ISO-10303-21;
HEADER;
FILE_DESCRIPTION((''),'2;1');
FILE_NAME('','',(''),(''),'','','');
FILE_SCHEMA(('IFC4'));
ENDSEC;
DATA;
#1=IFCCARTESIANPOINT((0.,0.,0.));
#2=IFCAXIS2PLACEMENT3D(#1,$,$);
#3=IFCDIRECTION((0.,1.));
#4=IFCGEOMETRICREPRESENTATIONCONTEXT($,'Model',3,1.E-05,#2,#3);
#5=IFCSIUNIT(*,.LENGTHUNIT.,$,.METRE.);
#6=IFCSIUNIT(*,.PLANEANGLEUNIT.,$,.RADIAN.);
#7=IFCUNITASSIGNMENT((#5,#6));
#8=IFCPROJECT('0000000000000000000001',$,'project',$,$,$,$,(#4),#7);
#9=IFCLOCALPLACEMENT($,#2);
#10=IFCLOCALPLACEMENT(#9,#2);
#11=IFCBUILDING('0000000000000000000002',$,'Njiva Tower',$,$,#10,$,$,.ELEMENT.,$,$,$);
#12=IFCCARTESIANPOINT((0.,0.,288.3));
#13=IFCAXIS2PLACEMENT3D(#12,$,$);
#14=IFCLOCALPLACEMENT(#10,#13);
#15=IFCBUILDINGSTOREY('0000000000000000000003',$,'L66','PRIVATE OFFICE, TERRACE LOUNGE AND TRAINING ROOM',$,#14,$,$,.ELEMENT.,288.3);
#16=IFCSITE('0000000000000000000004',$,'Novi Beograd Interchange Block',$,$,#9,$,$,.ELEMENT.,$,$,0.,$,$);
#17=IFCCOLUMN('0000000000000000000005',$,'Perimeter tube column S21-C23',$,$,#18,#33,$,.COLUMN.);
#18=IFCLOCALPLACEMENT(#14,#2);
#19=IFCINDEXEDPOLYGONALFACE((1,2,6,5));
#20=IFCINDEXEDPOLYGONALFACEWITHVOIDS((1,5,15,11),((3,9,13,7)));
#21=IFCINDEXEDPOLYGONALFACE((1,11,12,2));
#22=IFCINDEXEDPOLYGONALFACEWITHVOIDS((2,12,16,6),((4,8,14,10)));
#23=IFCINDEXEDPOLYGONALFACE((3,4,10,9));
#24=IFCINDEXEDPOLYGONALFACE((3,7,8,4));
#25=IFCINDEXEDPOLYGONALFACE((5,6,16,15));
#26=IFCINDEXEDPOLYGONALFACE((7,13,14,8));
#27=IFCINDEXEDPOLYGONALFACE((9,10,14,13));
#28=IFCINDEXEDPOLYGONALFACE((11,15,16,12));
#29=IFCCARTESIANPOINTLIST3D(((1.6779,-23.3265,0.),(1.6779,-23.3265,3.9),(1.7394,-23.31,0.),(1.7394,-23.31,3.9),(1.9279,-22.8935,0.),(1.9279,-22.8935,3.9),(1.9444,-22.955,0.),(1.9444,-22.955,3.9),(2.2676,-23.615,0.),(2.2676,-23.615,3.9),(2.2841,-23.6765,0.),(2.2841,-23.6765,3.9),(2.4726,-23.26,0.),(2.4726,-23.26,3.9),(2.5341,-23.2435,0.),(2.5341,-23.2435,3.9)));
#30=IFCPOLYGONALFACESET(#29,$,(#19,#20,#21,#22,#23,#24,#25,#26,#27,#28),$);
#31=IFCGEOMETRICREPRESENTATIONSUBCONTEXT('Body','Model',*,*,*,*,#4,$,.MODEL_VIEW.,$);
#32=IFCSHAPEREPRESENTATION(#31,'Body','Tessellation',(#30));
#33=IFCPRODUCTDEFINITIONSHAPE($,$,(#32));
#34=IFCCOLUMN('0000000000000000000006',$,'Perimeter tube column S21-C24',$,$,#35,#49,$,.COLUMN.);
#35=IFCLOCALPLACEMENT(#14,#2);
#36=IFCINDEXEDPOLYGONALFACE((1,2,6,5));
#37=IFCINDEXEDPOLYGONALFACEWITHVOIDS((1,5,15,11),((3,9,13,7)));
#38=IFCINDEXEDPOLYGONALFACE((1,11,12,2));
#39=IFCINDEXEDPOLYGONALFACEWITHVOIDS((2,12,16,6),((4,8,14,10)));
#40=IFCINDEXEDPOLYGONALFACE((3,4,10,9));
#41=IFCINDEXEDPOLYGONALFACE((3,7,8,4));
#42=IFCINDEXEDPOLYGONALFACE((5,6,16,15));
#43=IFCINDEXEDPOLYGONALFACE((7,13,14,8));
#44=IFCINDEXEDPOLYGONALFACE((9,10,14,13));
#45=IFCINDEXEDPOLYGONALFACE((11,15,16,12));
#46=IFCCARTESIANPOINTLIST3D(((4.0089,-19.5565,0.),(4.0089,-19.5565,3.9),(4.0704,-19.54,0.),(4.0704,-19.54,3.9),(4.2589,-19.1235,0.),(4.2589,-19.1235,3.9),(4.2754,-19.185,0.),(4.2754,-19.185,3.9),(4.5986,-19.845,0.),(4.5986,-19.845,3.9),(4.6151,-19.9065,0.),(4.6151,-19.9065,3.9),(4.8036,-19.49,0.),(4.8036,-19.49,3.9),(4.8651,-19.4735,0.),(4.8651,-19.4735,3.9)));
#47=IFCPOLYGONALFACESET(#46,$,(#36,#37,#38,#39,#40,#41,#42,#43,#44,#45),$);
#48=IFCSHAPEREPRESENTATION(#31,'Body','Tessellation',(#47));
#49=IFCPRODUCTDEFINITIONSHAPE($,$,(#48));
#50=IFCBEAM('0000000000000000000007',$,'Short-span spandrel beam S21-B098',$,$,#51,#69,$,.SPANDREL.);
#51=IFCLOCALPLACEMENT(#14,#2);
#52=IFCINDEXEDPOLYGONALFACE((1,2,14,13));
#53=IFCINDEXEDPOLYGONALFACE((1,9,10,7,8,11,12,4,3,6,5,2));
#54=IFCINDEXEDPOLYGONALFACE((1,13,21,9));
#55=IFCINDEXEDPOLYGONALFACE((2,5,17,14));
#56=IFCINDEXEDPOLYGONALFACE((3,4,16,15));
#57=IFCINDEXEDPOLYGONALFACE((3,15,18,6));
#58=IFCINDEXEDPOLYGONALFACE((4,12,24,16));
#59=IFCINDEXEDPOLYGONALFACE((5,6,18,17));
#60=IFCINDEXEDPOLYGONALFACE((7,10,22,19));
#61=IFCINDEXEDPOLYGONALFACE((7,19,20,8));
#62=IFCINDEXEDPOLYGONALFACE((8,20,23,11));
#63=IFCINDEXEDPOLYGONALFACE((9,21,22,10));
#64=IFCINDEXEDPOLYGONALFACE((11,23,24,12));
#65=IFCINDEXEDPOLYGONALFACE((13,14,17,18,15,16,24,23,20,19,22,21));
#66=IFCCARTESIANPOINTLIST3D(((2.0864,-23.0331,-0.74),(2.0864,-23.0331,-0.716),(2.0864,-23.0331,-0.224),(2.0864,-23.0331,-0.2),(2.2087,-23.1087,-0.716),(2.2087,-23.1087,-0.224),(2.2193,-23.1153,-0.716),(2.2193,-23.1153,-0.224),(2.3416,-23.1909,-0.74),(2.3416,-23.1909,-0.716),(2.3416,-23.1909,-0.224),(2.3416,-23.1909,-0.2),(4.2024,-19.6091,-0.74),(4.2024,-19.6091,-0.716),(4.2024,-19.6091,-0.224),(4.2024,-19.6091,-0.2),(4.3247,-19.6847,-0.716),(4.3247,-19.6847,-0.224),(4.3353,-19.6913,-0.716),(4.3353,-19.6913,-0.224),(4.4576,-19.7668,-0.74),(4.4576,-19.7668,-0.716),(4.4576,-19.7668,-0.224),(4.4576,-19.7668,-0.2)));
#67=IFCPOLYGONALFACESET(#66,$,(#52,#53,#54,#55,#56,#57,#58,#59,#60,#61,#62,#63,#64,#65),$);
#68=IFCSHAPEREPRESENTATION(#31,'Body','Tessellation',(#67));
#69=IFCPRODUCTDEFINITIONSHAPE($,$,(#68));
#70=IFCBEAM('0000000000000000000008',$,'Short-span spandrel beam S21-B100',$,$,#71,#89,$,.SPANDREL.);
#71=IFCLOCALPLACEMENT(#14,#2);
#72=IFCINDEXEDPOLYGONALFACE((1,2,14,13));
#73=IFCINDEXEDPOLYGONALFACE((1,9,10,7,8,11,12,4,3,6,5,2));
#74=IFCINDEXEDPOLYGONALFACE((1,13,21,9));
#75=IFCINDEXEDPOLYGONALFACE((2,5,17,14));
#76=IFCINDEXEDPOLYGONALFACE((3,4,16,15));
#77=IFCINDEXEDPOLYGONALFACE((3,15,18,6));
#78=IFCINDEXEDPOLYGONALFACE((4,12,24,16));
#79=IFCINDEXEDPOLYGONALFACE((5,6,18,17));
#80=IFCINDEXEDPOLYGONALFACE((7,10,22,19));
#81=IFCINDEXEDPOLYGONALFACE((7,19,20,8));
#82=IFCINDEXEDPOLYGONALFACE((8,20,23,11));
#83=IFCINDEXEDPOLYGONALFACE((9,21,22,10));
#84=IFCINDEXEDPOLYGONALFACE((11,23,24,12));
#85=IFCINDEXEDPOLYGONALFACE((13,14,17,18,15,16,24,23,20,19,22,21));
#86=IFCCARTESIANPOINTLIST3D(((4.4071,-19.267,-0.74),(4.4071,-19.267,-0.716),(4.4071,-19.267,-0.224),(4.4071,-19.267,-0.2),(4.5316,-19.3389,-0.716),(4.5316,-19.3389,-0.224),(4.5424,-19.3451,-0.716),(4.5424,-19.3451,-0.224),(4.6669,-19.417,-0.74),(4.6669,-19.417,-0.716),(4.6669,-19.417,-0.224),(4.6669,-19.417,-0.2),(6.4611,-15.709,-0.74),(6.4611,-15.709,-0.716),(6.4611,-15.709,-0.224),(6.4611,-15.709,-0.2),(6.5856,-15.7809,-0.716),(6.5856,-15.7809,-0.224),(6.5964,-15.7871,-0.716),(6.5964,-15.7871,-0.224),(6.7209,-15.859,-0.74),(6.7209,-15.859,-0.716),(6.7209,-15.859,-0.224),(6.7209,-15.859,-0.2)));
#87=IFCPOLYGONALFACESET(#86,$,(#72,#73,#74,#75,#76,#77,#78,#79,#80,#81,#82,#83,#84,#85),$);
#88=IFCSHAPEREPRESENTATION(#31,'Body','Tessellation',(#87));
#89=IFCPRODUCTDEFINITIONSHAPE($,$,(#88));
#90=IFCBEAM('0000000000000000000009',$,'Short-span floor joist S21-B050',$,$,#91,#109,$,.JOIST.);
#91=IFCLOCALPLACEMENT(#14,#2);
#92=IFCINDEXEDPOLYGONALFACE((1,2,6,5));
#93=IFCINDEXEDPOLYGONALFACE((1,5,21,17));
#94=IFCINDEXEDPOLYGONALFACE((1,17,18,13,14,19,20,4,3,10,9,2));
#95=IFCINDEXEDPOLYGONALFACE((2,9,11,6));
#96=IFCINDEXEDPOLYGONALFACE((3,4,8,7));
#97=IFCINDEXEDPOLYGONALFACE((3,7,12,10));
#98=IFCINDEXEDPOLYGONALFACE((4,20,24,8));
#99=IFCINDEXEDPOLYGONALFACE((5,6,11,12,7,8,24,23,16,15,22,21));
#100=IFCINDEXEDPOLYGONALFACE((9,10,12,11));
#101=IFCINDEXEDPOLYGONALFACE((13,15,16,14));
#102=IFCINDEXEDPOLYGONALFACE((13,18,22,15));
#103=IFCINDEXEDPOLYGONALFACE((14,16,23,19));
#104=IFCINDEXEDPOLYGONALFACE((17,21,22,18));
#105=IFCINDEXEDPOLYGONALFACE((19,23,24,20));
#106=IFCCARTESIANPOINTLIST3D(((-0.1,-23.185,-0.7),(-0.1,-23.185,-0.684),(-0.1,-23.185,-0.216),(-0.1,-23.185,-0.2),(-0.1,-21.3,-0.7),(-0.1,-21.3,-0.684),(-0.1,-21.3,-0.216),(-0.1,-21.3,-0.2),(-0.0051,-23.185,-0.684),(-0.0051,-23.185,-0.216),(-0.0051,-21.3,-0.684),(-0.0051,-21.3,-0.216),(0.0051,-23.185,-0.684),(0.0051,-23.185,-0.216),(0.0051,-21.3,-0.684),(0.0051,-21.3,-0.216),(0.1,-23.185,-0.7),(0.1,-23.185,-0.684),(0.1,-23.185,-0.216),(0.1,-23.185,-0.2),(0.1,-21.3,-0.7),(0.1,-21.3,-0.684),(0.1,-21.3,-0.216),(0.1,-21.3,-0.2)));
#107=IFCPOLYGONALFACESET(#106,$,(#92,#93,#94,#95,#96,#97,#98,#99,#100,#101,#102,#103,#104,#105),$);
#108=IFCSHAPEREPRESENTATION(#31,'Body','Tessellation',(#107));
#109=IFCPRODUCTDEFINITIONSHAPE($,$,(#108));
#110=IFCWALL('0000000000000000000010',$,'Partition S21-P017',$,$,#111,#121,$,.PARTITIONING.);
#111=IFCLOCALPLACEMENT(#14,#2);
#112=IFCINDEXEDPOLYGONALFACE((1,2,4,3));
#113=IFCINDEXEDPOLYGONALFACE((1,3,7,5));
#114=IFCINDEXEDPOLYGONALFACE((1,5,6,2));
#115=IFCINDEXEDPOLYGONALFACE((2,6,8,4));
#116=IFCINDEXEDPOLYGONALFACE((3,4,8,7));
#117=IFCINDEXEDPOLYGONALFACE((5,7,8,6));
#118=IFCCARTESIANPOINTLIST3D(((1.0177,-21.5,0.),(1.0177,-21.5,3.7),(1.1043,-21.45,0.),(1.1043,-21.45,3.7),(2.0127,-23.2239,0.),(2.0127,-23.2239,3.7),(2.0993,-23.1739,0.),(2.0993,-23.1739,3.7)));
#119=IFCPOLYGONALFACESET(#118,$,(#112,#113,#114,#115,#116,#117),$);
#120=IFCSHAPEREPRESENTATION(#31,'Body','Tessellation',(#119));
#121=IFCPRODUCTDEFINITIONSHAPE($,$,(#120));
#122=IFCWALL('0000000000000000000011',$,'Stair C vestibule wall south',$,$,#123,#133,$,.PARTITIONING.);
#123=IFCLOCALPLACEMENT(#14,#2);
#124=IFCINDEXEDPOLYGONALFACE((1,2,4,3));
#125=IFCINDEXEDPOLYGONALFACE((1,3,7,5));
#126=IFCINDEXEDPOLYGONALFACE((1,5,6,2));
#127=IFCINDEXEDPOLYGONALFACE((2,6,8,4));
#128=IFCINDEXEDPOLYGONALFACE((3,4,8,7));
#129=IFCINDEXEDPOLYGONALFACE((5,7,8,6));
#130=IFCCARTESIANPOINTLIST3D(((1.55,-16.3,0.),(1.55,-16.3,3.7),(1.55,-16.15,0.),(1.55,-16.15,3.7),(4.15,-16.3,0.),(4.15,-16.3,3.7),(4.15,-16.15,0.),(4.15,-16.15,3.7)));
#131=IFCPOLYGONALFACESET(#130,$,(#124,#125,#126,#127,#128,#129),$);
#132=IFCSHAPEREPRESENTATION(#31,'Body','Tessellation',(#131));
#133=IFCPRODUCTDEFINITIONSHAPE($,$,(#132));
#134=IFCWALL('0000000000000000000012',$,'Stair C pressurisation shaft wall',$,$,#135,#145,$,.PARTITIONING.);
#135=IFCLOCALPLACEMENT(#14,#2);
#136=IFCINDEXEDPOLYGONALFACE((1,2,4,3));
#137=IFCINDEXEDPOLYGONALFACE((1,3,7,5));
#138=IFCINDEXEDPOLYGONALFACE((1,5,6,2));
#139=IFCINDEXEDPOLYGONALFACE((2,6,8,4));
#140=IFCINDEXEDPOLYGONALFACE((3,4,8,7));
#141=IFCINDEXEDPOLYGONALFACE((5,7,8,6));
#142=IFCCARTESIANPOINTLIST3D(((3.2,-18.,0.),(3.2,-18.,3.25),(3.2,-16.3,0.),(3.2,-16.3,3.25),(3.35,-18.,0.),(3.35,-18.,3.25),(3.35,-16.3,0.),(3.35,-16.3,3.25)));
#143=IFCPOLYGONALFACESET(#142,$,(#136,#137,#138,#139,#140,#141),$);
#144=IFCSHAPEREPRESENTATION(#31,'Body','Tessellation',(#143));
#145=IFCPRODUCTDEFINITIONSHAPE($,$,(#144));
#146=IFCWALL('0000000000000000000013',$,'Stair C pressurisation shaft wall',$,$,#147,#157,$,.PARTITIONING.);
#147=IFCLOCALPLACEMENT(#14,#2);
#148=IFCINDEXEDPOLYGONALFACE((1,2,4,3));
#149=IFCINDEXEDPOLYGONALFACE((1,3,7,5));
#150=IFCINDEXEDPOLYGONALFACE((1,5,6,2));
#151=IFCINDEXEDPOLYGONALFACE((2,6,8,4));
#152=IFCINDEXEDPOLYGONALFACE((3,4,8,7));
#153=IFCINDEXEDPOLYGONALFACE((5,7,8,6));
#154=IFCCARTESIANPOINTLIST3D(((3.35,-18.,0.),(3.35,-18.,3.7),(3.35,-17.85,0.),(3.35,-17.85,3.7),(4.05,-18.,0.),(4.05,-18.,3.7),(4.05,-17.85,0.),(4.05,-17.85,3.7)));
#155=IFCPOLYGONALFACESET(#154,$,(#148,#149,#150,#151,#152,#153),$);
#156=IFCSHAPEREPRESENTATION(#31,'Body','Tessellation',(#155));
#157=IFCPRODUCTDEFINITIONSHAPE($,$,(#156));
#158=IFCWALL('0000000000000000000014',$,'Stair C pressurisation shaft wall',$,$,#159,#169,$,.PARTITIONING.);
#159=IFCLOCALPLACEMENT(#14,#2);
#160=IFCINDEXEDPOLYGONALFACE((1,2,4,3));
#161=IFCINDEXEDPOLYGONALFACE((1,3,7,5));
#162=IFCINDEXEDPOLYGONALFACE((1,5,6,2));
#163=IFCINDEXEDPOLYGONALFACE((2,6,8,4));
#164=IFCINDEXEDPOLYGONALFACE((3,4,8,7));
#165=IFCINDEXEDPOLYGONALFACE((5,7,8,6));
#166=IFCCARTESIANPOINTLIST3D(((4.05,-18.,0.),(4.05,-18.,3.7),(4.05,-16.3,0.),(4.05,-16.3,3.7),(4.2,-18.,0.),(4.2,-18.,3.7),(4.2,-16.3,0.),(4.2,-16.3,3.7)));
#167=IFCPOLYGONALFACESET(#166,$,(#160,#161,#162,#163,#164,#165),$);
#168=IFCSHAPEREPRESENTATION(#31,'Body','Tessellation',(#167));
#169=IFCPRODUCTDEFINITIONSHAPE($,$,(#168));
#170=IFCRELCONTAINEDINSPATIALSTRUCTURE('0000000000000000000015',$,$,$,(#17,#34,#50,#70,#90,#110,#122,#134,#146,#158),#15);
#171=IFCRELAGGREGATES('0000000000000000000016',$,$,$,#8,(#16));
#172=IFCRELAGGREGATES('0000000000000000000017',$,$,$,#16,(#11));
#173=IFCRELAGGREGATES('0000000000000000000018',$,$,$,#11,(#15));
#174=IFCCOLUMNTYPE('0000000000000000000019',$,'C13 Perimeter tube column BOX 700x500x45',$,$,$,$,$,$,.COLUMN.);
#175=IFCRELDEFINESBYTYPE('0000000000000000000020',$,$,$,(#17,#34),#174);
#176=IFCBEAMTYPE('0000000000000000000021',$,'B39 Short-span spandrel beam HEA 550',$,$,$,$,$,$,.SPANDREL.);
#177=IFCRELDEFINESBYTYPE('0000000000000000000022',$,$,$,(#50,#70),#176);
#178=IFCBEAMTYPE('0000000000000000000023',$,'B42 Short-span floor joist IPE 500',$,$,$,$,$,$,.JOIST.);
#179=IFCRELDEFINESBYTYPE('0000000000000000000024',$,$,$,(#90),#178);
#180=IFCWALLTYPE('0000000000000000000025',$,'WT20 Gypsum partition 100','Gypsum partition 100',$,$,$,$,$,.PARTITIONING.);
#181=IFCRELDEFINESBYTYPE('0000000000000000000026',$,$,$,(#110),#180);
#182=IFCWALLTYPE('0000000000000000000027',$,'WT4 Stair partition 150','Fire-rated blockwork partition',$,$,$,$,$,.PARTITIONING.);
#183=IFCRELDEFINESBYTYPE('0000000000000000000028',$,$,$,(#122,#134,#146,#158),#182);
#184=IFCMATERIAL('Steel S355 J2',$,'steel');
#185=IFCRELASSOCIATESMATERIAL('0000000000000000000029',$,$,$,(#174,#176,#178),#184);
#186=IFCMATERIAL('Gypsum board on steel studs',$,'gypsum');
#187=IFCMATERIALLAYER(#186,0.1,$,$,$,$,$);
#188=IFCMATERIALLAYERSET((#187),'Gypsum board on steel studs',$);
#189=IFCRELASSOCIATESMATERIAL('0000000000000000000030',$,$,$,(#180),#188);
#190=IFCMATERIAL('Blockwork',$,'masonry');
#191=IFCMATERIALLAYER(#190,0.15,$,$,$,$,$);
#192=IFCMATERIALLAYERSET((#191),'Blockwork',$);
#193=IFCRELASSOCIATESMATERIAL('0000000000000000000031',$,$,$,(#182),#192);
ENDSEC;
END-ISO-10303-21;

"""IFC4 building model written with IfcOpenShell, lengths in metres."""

from ifc_helpers import new_model, si_unit, direction, frame, frame_2d, origin, origin_2d, place, context, subcontext, project, spatial, rectangle, hollow_rectangle, i_section, extrude, material, layer, layer_set, material_profile, profile_set, type_object, element, save


model = new_model("IFC4")

# Units and contexts
model_context = context("Model", 3, precision=1e-05, world=origin(), true_north=direction((0.0, 1.0)))
body_context = subcontext(model_context, "Body", "Model", "MODEL_VIEW")
ifc_project = project(units=[si_unit("LENGTHUNIT", "METRE"), si_unit("PLANEANGLEUNIT", "RADIAN")], contexts=[model_context])

# Site, building, storey
site_placement = place(None, origin())
site = spatial("IfcSite", under=ifc_project, at=site_placement, Name="Novi Beograd Interchange Block", CompositionType="ELEMENT", RefElevation=0.0)
building_placement = place(site_placement, origin())
building = spatial("IfcBuilding", under=site, at=building_placement, Name="Njiva Tower", CompositionType="ELEMENT")
storey_placement = place(building_placement, frame((0.0, 0.0, 288.3)))
storey = spatial("IfcBuildingStorey", under=building, at=storey_placement, Name="L66", Description="PRIVATE OFFICE, TERRACE LOUNGE AND TRAINING ROOM", CompositionType="ELEMENT", Elevation=288.3)

# Columns
ifc_material_1 = material(Name="Steel S355 J2", Category="steel")
ifc_material_profile_1 = material_profile(ifc_material_1, hollow_rectangle(XDim=0.5, YDim=0.7, WallThickness=0.045, at=origin_2d()), Name="BOX 700x500x45")
ifc_profile_set_1 = profile_set([ifc_material_profile_1], Name="Steel S355 J2")
column_type = type_object("IfcColumnType", Name="C13 Perimeter tube column BOX 700x500x45", PredefinedType="COLUMN", material=ifc_profile_set_1)
for number, where, z_axis, x_axis, name in (
    (1, (2.106, -23.285, 0.0), (0.0, 0.0, 1.0), (0.5, 0.866025, 0.0), "Perimeter tube column S21-C23"),
    (2, (4.437, -19.515, 0.0), (0.0, 0.0, 1.0), (0.5, 0.866025, 0.0), "Perimeter tube column S21-C24"),
):
    element("IfcColumn", number, at=place(storey_placement, frame(where, z_axis=z_axis, x_axis=x_axis)), inside=storey, type_object=column_type, Name=name, PredefinedType="COLUMN", context=body_context, shape_type="SweptSolid", body=[
        extrude(hollow_rectangle(XDim=0.5, YDim=0.7, WallThickness=0.045, at=origin_2d()), origin(), (0.0, 0.0, 1.0), 3.9),
    ])

# Beams
ifc_material_profile_2 = material_profile(ifc_material_1, i_section(OverallWidth=0.3, OverallDepth=0.54, WebThickness=0.0125, FlangeThickness=0.024, at=origin_2d()), Name="HEA 550")
ifc_profile_set_2 = profile_set([ifc_material_profile_2], Name="Steel S355 J2")
beam_type_1 = type_object("IfcBeamType", Name="B39 Short-span spandrel beam HEA 550", PredefinedType="SPANDREL", material=ifc_profile_set_2)
beam_1_placement = place(storey_placement, frame((2.214, -23.112, -0.47), z_axis=(0.525704, 0.850667, 0.0), x_axis=(-0.850667, 0.525704, 0.0)))
element("IfcBeam", 3, at=beam_1_placement, inside=storey, type_object=beam_type_1, Name="Short-span spandrel beam S21-B098", PredefinedType="SPANDREL", context=body_context, shape_type="SweptSolid", body=[
    extrude(i_section(OverallWidth=0.3, OverallDepth=0.54, WebThickness=0.0125, FlangeThickness=0.024, at=origin_2d()), origin(), (0.0, 0.0, 1.0), 4.0251),
])
beam_2_placement = place(storey_placement, frame((4.537, -19.342, -0.47), z_axis=(0.499961, 0.866048, 0.0), x_axis=(-0.866048, 0.499961, 0.0)))
element("IfcBeam", 4, at=beam_2_placement, inside=storey, type_object=beam_type_1, Name="Short-span spandrel beam S21-B100", PredefinedType="SPANDREL", context=body_context, shape_type="SweptSolid", body=[
    extrude(i_section(OverallWidth=0.3, OverallDepth=0.54, WebThickness=0.0125, FlangeThickness=0.024, at=origin_2d()), origin(), (0.0, 0.0, 1.0), 4.1083),
])
ifc_material_profile_3 = material_profile(ifc_material_1, i_section(OverallWidth=0.2, OverallDepth=0.5, WebThickness=0.0102, FlangeThickness=0.016, at=origin_2d()), Name="IPE 500")
ifc_profile_set_3 = profile_set([ifc_material_profile_3], Name="Steel S355 J2")
beam_type_2 = type_object("IfcBeamType", Name="B42 Short-span floor joist IPE 500", PredefinedType="JOIST", material=ifc_profile_set_3)
beam_3_placement = place(storey_placement, frame((0.0, -21.3, -0.45), z_axis=(0.0, -1.0, 0.0), x_axis=(1.0, 0.0, 0.0)))
element("IfcBeam", 5, at=beam_3_placement, inside=storey, type_object=beam_type_2, Name="Short-span floor joist S21-B050", PredefinedType="JOIST", context=body_context, shape_type="SweptSolid", body=[
    extrude(i_section(OverallWidth=0.2, OverallDepth=0.5, WebThickness=0.0102, FlangeThickness=0.016, at=origin_2d()), origin(), (0.0, 0.0, 1.0), 1.885),
])

# Walls
ifc_material_2 = material(Name="Gypsum board on steel studs", Category="gypsum")
ifc_layer_1 = layer(ifc_material_2, 0.1)
ifc_layer_set_1 = layer_set([ifc_layer_1], Name="Gypsum board on steel studs")
wall_type_1 = type_object("IfcWallType", Name="WT20 Gypsum partition 100", Description="Gypsum partition 100", PredefinedType="PARTITIONING", material=ifc_layer_set_1)
wall_1_placement = place(storey_placement, frame((1.061, -21.475, 0.0), z_axis=(0.0, 0.0, 1.0), x_axis=(0.499867, -0.866102, 0.0)))
element("IfcWall", 6, at=wall_1_placement, inside=storey, type_object=wall_type_1, Name="Partition S21-P017", PredefinedType="PARTITIONING", context=body_context, shape_type="SweptSolid", body=[
    extrude(rectangle(XDim=1.9905, YDim=0.1, at=frame_2d((0.9952, 0.0))), origin(), (0.0, 0.0, 1.0), 3.7),
])
ifc_material_3 = material(Name="Blockwork", Category="masonry")
ifc_layer_2 = layer(ifc_material_3, 0.15)
ifc_layer_set_2 = layer_set([ifc_layer_2], Name="Blockwork")
wall_type_2 = type_object("IfcWallType", Name="WT4 Stair partition 150", Description="Fire-rated blockwork partition", PredefinedType="PARTITIONING", material=ifc_layer_set_2)
wall_2_placement = place(storey_placement, frame((1.55, -16.225, 0.0), z_axis=(0.0, 0.0, 1.0), x_axis=(1.0, 0.0, 0.0)))
element("IfcWall", 7, at=wall_2_placement, inside=storey, type_object=wall_type_2, Name="Stair C vestibule wall south", PredefinedType="PARTITIONING", context=body_context, shape_type="SweptSolid", body=[
    extrude(rectangle(XDim=2.6, YDim=0.15, at=frame_2d((1.3, 0.0))), origin(), (0.0, 0.0, 1.0), 3.7),
])
wall_3_placement = place(storey_placement, frame((3.275, -18.0, 0.0), z_axis=(0.0, 0.0, 1.0), x_axis=(0.0, 1.0, 0.0)))
element("IfcWall", 8, at=wall_3_placement, inside=storey, type_object=wall_type_2, Name="Stair C pressurisation shaft wall", PredefinedType="PARTITIONING", context=body_context, shape_type="SweptSolid", body=[
    extrude(rectangle(XDim=1.7, YDim=0.15, at=frame_2d((0.85, 0.0))), origin(), (0.0, 0.0, 1.0), 3.25),
])
wall_4_placement = place(storey_placement, frame((3.35, -17.925, 0.0), z_axis=(0.0, 0.0, 1.0), x_axis=(1.0, 0.0, 0.0)))
element("IfcWall", 9, at=wall_4_placement, inside=storey, type_object=wall_type_2, Name="Stair C pressurisation shaft wall", PredefinedType="PARTITIONING", context=body_context, shape_type="SweptSolid", body=[
    extrude(rectangle(XDim=0.7, YDim=0.15, at=frame_2d((0.35, 0.0))), origin(), (0.0, 0.0, 1.0), 3.7),
])
wall_5_placement = place(storey_placement, frame((4.125, -18.0, 0.0), z_axis=(0.0, 0.0, 1.0), x_axis=(0.0, 1.0, 0.0)))
element("IfcWall", 10, at=wall_5_placement, inside=storey, type_object=wall_type_2, Name="Stair C pressurisation shaft wall", PredefinedType="PARTITIONING", context=body_context, shape_type="SweptSolid", body=[
    extrude(rectangle(XDim=1.7, YDim=0.15, at=frame_2d((0.85, 0.0))), origin(), (0.0, 0.0, 1.0), 3.7),
])

save(model, "model.ifc")
